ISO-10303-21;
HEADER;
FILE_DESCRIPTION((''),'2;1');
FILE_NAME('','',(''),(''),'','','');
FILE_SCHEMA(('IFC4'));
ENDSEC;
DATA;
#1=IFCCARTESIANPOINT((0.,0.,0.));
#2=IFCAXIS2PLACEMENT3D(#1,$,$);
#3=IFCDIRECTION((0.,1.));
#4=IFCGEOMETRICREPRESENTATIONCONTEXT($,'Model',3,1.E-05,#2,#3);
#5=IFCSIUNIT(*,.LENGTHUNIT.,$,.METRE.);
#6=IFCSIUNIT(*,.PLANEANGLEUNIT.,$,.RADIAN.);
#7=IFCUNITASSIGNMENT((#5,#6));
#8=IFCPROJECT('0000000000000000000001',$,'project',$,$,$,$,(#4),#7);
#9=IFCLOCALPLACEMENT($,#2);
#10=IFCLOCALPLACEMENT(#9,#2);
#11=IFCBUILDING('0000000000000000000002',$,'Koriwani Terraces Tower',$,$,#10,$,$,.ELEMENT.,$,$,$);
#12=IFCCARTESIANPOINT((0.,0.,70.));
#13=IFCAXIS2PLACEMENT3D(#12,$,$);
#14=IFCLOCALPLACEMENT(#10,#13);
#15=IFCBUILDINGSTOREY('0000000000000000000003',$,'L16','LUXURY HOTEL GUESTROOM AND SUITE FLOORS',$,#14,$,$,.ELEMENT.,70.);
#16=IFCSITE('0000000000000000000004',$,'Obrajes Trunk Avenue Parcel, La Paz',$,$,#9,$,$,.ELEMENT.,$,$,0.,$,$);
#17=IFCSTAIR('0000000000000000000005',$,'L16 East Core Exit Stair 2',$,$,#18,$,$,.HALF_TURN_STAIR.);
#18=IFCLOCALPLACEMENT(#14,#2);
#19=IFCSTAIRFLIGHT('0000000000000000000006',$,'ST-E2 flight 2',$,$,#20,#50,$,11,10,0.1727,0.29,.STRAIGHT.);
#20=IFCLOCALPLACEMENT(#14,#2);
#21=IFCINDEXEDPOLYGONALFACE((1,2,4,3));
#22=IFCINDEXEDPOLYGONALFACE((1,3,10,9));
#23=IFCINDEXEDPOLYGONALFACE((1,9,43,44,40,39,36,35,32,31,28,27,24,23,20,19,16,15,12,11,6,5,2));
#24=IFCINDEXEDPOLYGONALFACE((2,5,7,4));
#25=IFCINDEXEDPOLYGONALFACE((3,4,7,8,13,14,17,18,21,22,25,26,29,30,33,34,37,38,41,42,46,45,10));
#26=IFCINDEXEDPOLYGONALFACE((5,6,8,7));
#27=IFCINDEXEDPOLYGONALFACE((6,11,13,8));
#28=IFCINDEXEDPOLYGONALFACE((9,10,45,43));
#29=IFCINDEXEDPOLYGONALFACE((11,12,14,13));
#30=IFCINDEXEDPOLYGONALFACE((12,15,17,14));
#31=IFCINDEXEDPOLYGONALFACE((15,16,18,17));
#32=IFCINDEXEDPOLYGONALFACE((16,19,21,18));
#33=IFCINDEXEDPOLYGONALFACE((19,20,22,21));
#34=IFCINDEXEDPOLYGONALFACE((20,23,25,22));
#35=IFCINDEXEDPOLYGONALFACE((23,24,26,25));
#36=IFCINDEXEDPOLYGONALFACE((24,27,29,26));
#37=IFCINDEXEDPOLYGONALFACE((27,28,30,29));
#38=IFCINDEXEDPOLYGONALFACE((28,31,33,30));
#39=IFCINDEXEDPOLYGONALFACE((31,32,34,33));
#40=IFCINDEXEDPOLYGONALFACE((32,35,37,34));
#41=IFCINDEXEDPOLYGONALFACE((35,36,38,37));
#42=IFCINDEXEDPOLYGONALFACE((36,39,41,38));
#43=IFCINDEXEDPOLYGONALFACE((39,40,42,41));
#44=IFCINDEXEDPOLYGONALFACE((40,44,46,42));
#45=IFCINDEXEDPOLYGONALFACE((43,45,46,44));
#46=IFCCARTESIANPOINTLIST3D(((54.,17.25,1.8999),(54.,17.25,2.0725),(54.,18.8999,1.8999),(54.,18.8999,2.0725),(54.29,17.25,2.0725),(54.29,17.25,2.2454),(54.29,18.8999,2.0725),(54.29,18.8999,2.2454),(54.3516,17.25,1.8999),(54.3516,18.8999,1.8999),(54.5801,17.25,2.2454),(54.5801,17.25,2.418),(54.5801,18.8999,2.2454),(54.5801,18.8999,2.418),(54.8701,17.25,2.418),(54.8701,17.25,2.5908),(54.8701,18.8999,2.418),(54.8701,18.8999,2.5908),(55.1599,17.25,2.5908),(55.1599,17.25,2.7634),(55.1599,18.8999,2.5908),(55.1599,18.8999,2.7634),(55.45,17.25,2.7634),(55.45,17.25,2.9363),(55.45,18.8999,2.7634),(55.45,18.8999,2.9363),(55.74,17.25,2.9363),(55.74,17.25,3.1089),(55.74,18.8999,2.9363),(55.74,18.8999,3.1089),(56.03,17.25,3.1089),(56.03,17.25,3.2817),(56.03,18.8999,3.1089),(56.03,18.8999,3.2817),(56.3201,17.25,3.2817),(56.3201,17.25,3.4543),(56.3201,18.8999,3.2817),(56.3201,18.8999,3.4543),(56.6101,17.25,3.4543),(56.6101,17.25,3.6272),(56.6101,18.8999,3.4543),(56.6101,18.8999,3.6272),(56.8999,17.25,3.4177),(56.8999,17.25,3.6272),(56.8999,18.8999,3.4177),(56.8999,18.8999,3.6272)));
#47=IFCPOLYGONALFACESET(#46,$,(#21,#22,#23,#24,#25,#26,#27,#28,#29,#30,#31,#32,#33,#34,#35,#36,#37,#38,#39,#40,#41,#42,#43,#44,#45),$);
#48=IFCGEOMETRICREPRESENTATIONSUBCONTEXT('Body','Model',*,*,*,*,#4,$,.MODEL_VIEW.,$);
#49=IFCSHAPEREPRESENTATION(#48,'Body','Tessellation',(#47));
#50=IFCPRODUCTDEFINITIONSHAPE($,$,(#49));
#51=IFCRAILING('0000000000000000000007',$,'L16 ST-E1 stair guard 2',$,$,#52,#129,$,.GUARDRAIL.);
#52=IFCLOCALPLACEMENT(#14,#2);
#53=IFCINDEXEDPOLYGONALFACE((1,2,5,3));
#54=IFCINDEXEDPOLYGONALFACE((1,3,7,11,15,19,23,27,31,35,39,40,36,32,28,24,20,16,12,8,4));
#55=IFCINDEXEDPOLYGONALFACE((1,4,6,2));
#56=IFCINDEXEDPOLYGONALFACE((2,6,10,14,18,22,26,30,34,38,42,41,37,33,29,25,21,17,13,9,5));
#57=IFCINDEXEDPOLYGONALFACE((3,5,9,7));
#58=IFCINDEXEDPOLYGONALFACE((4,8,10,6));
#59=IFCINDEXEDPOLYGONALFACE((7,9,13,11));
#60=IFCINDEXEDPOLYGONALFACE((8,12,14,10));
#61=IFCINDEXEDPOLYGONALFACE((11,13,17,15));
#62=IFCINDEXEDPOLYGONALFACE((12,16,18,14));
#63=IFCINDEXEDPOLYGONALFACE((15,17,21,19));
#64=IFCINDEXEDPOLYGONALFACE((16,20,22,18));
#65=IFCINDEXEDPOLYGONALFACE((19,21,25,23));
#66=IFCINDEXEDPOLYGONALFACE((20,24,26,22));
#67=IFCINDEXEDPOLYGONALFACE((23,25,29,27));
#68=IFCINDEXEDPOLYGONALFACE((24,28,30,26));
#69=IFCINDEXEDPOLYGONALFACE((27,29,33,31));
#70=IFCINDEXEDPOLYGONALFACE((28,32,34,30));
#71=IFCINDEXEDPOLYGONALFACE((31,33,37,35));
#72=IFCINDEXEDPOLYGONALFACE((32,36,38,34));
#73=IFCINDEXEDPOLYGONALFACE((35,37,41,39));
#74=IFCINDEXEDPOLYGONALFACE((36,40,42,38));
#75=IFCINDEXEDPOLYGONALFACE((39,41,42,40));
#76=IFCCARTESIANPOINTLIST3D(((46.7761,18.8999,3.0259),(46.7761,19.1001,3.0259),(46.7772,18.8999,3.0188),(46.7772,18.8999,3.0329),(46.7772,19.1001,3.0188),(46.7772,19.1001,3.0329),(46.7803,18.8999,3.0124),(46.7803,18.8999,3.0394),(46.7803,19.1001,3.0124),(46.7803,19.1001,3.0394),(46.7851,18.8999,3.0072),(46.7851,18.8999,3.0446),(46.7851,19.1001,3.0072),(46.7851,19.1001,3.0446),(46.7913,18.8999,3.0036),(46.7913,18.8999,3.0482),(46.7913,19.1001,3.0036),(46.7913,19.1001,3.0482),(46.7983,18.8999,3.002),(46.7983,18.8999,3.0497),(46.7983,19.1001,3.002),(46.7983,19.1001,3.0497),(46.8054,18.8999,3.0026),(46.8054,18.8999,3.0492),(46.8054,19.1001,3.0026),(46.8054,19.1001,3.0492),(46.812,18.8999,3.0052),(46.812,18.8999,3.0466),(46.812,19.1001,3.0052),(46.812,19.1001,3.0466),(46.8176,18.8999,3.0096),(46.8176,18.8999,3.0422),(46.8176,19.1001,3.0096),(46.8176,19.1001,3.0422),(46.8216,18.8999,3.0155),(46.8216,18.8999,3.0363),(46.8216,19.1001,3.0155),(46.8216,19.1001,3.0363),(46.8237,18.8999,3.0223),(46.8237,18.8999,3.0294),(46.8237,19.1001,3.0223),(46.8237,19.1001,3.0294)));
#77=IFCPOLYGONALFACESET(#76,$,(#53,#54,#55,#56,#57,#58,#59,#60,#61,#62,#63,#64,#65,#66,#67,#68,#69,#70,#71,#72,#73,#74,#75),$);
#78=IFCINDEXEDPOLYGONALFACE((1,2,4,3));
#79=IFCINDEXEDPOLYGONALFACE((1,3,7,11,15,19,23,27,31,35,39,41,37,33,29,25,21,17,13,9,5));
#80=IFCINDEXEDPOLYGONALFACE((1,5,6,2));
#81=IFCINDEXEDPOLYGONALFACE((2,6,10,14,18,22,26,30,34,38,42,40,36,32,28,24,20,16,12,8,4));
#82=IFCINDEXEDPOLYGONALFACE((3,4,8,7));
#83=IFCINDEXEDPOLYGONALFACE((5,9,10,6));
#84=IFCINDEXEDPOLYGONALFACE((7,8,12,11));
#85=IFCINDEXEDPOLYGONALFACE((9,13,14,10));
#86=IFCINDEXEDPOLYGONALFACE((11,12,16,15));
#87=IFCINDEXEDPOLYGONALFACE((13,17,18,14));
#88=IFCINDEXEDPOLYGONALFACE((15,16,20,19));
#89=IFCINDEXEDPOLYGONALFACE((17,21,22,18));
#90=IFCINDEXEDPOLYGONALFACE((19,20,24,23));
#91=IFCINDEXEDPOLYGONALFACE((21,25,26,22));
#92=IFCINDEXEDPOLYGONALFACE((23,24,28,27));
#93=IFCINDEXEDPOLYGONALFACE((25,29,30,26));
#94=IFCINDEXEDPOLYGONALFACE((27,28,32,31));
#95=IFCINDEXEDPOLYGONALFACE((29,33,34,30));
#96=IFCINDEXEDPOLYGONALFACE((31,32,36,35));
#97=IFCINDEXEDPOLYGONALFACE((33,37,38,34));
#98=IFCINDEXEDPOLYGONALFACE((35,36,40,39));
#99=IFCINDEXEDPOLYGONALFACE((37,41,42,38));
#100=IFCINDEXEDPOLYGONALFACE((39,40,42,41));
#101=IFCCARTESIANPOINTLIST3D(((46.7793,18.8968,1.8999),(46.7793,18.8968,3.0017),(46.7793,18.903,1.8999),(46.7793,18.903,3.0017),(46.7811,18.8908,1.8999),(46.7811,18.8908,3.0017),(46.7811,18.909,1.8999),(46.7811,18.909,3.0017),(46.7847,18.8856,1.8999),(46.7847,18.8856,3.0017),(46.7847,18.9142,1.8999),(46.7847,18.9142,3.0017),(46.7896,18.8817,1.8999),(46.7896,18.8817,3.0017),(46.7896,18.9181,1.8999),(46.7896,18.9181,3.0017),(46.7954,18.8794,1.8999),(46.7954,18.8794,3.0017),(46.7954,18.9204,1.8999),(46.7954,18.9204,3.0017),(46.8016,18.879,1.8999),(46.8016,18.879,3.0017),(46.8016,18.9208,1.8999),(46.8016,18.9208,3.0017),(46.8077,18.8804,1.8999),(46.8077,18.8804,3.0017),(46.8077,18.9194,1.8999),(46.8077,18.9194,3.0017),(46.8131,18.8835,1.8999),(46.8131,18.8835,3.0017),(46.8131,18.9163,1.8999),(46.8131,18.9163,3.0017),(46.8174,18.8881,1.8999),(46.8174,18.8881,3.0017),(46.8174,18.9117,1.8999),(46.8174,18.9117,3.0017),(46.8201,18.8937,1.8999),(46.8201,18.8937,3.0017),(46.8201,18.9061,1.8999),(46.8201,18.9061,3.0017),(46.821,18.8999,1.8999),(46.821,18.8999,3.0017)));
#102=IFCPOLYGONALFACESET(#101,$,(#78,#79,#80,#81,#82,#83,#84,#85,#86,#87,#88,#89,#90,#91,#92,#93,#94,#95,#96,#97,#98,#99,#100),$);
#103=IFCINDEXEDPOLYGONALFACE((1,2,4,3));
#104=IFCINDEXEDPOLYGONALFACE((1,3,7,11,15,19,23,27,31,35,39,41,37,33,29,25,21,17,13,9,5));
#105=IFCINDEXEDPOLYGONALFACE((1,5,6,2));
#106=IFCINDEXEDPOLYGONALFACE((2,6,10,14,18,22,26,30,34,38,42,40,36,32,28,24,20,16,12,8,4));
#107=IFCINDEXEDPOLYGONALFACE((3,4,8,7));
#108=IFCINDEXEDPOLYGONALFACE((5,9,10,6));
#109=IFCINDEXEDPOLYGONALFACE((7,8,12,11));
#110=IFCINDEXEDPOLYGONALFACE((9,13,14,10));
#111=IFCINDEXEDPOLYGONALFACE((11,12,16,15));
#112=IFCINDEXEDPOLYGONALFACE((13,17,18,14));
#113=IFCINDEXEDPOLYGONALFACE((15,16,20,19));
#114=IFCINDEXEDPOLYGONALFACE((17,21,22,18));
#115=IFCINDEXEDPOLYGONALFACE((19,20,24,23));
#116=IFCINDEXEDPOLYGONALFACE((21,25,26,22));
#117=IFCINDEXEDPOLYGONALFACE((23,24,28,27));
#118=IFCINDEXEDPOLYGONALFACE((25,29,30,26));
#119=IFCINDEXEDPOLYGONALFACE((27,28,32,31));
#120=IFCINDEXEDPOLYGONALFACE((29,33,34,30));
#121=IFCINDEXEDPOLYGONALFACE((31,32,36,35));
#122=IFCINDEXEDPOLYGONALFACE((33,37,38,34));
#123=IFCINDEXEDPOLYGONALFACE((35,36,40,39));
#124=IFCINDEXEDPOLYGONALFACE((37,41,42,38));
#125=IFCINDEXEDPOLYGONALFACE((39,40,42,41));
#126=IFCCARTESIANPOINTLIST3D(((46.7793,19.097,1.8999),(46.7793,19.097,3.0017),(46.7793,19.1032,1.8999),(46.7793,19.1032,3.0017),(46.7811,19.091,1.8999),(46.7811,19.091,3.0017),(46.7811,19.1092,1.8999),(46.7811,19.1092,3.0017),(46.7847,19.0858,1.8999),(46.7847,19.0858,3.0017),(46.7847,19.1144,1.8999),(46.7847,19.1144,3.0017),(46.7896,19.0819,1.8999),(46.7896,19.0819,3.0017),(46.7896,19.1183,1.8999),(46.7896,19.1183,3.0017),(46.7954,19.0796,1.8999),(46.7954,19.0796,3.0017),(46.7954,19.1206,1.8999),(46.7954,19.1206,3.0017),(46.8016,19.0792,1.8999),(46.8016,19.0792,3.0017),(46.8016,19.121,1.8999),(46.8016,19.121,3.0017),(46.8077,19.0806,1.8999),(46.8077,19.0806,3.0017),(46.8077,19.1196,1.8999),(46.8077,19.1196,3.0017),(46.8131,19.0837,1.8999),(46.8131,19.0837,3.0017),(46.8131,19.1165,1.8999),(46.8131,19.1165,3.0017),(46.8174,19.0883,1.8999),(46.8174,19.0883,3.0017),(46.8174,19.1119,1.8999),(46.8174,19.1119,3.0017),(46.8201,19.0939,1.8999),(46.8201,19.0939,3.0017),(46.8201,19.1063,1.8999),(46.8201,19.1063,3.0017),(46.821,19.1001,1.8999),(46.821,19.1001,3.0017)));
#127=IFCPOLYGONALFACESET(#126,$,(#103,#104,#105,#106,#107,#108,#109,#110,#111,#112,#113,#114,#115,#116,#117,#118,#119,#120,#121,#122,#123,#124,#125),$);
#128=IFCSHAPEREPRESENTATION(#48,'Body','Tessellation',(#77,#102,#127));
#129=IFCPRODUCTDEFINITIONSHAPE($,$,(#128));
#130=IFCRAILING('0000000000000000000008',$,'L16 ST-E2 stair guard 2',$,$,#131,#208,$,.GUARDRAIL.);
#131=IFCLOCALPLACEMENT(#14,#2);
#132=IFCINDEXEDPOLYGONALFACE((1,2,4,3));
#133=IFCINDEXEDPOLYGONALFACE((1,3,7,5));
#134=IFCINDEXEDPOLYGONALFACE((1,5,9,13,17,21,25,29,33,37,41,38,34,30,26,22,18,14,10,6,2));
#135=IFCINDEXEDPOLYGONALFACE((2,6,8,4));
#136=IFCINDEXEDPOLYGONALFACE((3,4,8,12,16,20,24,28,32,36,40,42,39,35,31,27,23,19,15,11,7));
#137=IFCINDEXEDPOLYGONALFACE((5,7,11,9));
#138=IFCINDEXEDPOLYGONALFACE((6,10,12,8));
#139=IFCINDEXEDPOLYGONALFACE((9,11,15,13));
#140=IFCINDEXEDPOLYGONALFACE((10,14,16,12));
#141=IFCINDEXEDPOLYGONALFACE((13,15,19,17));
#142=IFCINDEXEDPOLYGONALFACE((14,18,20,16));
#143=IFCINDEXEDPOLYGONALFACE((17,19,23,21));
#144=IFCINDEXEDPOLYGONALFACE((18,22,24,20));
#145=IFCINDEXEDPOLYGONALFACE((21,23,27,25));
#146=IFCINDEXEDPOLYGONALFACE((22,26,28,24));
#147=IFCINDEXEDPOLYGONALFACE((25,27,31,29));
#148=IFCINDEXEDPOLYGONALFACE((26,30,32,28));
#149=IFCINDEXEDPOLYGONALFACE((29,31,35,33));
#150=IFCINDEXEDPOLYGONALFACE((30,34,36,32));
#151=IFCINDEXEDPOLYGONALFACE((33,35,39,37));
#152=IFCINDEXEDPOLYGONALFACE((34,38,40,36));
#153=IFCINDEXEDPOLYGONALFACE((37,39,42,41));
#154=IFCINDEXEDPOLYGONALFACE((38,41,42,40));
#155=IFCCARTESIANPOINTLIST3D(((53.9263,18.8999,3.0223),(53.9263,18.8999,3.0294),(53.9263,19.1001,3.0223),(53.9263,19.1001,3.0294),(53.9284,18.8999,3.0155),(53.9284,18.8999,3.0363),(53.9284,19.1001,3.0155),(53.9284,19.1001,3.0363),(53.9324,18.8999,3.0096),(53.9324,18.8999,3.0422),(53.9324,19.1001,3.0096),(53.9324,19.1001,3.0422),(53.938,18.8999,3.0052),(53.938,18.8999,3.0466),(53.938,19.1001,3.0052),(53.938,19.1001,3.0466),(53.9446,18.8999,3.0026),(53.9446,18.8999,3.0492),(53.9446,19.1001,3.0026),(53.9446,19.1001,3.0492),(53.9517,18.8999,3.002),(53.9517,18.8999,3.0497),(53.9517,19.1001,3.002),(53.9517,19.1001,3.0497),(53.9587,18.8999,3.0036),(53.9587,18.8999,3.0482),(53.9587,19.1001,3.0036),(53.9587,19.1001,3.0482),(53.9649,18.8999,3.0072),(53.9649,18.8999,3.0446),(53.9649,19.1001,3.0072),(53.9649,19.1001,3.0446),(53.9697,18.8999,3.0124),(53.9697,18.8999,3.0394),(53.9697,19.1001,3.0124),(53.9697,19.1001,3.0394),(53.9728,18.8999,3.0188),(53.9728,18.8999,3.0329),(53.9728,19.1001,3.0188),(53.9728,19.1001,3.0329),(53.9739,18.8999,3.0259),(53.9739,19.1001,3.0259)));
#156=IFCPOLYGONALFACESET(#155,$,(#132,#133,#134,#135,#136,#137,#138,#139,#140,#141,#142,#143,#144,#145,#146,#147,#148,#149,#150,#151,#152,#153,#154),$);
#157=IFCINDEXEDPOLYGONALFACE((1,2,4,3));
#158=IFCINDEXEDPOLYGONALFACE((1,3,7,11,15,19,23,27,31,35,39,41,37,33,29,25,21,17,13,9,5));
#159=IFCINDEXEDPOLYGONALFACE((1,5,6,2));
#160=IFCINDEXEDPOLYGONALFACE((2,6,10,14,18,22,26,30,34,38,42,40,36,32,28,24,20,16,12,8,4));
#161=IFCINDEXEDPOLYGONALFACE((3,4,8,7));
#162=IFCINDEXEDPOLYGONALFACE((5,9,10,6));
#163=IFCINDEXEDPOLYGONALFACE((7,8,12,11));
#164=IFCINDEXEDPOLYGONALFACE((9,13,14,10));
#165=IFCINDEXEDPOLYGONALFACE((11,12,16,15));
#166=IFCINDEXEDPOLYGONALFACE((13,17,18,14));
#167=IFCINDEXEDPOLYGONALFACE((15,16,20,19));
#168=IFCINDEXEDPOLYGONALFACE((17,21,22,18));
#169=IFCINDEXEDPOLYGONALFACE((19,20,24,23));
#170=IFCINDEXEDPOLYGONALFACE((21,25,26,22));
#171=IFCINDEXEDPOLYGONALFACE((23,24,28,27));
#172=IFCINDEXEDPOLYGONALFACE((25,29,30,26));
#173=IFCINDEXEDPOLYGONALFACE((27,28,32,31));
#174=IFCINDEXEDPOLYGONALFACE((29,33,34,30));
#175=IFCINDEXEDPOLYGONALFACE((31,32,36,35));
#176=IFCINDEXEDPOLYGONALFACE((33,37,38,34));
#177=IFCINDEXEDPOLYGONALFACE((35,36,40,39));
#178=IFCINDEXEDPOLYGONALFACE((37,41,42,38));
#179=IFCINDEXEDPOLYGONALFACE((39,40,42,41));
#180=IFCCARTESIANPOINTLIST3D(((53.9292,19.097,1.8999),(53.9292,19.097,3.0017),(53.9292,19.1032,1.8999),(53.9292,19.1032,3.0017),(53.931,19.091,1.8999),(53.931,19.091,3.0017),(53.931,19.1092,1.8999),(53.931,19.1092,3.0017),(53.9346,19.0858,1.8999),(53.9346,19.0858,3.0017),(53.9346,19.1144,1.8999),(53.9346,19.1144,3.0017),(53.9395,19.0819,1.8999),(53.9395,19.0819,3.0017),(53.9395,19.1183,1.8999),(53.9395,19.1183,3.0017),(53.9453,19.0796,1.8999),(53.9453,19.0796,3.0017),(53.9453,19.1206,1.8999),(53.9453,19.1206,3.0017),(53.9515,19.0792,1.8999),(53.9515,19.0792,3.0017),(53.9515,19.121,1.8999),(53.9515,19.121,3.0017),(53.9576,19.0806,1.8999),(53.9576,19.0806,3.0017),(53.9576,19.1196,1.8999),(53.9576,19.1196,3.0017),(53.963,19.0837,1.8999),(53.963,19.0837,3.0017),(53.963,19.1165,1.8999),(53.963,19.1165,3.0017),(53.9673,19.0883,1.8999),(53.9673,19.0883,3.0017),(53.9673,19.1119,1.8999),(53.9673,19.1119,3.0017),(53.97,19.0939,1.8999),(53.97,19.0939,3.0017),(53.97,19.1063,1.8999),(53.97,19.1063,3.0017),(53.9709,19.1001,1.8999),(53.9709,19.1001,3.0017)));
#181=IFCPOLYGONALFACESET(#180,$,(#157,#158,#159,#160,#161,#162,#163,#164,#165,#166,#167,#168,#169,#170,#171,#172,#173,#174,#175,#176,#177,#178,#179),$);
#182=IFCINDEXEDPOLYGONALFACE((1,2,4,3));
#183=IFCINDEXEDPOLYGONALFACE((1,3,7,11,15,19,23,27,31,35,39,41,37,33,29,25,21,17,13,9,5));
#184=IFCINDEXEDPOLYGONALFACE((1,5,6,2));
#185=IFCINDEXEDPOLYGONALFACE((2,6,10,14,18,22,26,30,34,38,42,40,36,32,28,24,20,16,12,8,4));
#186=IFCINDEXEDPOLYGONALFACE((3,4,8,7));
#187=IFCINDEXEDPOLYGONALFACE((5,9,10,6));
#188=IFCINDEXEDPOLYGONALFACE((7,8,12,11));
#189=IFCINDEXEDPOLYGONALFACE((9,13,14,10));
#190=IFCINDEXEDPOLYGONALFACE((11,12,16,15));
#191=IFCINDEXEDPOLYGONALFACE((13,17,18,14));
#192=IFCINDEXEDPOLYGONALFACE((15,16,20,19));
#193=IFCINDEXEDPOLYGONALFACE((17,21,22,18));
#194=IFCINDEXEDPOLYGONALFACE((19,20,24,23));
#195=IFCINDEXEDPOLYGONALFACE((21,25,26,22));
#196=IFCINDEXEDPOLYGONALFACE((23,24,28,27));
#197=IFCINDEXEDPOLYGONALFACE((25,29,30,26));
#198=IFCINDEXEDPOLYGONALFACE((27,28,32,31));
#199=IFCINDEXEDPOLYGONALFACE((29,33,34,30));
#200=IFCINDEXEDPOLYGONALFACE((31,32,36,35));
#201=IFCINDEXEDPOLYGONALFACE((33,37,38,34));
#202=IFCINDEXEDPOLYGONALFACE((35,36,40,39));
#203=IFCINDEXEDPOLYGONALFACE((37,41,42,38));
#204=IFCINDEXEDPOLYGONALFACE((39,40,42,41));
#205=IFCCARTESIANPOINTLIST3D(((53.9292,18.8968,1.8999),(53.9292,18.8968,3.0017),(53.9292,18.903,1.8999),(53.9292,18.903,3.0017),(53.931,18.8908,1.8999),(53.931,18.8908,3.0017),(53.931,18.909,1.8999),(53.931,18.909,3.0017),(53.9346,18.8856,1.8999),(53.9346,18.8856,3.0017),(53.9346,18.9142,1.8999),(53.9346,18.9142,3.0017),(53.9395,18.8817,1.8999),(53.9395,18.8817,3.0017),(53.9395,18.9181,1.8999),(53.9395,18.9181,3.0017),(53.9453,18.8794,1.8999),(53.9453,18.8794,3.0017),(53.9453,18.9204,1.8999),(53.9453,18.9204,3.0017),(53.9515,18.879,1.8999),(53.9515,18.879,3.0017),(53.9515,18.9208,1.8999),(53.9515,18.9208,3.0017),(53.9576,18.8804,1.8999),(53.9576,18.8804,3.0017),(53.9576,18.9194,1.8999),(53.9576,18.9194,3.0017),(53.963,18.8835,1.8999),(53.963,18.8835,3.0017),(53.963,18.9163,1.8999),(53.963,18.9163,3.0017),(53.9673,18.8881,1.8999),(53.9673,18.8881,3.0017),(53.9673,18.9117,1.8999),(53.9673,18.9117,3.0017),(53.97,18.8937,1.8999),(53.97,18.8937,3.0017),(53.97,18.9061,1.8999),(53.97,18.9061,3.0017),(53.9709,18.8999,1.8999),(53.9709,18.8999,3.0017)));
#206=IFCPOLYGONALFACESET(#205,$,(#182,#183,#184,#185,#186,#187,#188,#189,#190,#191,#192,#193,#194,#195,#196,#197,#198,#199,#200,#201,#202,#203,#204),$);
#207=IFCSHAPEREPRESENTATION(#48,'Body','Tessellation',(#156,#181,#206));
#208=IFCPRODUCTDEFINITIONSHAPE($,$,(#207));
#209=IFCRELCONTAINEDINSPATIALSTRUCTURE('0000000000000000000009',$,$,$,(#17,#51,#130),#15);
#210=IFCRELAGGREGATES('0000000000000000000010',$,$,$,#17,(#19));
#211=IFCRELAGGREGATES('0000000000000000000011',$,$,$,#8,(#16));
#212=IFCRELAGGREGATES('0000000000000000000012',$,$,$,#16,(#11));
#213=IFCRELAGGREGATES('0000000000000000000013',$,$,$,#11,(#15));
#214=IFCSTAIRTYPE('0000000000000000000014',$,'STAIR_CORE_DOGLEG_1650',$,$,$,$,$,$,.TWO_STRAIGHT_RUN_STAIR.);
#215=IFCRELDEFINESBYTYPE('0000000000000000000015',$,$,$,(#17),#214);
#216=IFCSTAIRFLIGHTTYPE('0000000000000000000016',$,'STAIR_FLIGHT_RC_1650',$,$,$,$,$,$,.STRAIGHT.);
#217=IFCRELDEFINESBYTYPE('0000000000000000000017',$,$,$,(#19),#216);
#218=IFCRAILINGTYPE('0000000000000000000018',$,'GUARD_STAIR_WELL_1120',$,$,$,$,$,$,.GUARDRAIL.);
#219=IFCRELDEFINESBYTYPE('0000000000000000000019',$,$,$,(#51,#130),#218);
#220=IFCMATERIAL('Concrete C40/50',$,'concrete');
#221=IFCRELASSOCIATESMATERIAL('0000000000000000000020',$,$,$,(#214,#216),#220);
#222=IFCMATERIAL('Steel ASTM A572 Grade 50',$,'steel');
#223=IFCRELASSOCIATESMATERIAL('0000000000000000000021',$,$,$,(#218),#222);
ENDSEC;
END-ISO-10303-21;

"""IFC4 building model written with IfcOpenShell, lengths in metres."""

from ifc_helpers import new_model, si_unit, direction, frame, origin, origin_2d, place, context, subcontext, project, spatial, polyline, circle, outline, extrude, material, type_object, element, aggregate, save


model = new_model("IFC4")

# Units and contexts
model_context = context("Model", 3, precision=1e-05, world=origin(), true_north=direction((0.0, 1.0)))
body_context = subcontext(model_context, "Body", "Model", "MODEL_VIEW")
ifc_project = project(units=[si_unit("LENGTHUNIT", "METRE"), si_unit("PLANEANGLEUNIT", "RADIAN")], contexts=[model_context])

# Site, building, storey
site_placement = place(None, origin())
site = spatial("IfcSite", under=ifc_project, at=site_placement, Name="Obrajes Trunk Avenue Parcel, La Paz", CompositionType="ELEMENT", RefElevation=0.0)
building_placement = place(site_placement, origin())
building = spatial("IfcBuilding", under=site, at=building_placement, Name="Koriwani Terraces Tower", CompositionType="ELEMENT")
storey_placement = place(building_placement, frame((0.0, 0.0, 70.0)))
storey = spatial("IfcBuildingStorey", under=building, at=storey_placement, Name="L16", Description="LUXURY HOTEL GUESTROOM AND SUITE FLOORS", CompositionType="ELEMENT", Elevation=70.0)

# Shared definitions
ifc_material_1 = material(Name="Concrete C40/50", Category="concrete")

# Shared definitions
ifc_material_2 = material(Name="Steel ASTM A572 Grade 50", Category="steel")

# Stair, stair flight
stair_type = type_object("IfcStairType", Name="STAIR_CORE_DOGLEG_1650", PredefinedType="TWO_STRAIGHT_RUN_STAIR", material=ifc_material_1)
stair_placement = place(storey_placement, origin())
stair = element("IfcStair", 1, at=stair_placement, inside=storey, type_object=stair_type, Name="L16 East Core Exit Stair 2", PredefinedType="HALF_TURN_STAIR")
stair_flight_type = type_object("IfcStairFlightType", Name="STAIR_FLIGHT_RC_1650", PredefinedType="STRAIGHT", material=ifc_material_1)
stair_flight_placement = place(storey_placement, frame((54.0, 18.075, 1.8999), z_axis=(0.0, 0.0, 1.0), x_axis=(1.0, 0.0, 0.0)))
stair_flight = element("IfcStairFlight", 2, at=stair_flight_placement, type_object=stair_flight_type, Name="ST-E2 flight 2", NumberOfRisers=11, NumberOfTreads=10, PredefinedType="STRAIGHT", RiserHeight=0.1727, TreadLength=0.29, context=body_context, shape_type="SweptSolid", body=[
    extrude(outline(polyline([(0.0, 0.0), (0.0, 0.1726), (0.29, 0.1726), (0.29, 0.3455), (0.5801, 0.3455), (0.5801, 0.5181), (0.8701, 0.5181), (0.8701, 0.6909), (1.1599, 0.6909), (1.1599, 0.8635), (1.45, 0.8635), (1.45, 1.0364), (1.74, 1.0364), (1.74, 1.209), (2.03, 1.209), (2.03, 1.3818), (2.3201, 1.3818), (2.3201, 1.5544), (2.6101, 1.5544), (2.6101, 1.7273), (2.8999, 1.7273), (2.8999, 1.8999), (2.8999, 1.5178), (0.3516, 0.0), (0.0, 0.0)])), frame((0.0, 0.825, 0.0), z_axis=(0.0, -1.0, 0.0), x_axis=(1.0, 0.0, 0.0)), (0.0, 0.0, 1.0), 1.6499),
])
aggregate(stair, [stair_flight])

# Railings
railing_type_1 = type_object("IfcRailingType", Name="GUARD_STAIR_WELL_1120", PredefinedType="GUARDRAIL", material=ifc_material_2)
railing_1_placement = place(storey_placement, frame((46.8, 18.8999, 1.8999)))
element("IfcRailing", 3, at=railing_1_placement, inside=storey, type_object=railing_type_1, Name="L16 ST-E1 stair guard 2", PredefinedType="GUARDRAIL", context=body_context, shape_type="SweptSolid", body=[
    extrude(circle(Radius=0.0239, at=origin_2d()), frame((0.0, 0.0, 1.126), z_axis=(0.0, 1.0, 0.0), x_axis=(-1.0, 0.0, 0.0)), (0.0, 0.0, 1.0), 0.2002),
    extrude(circle(Radius=0.021, at=origin_2d()), origin(), (0.0, 0.0, 1.0), 1.1018),
    extrude(circle(Radius=0.021, at=origin_2d()), frame((0.0, 0.2002, 0.0)), (0.0, 0.0, 1.0), 1.1018),
])
railing_2_placement = place(storey_placement, frame((53.95, 19.1001, 1.8999)))
element("IfcRailing", 4, at=railing_2_placement, inside=storey, type_object=railing_type_1, Name="L16 ST-E2 stair guard 2", PredefinedType="GUARDRAIL", context=body_context, shape_type="SweptSolid", body=[
    extrude(circle(Radius=0.0239, at=origin_2d()), frame((0.0, 0.0, 1.126), z_axis=(0.0, -1.0, 0.0), x_axis=(1.0, 0.0, 0.0)), (0.0, 0.0, 1.0), 0.2002),
    extrude(circle(Radius=0.021, at=origin_2d()), origin(), (0.0, 0.0, 1.0), 1.1018),
    extrude(circle(Radius=0.021, at=origin_2d()), frame((0.0, -0.2002, 0.0)), (0.0, 0.0, 1.0), 1.1018),
])

save(model, "model.ifc")
